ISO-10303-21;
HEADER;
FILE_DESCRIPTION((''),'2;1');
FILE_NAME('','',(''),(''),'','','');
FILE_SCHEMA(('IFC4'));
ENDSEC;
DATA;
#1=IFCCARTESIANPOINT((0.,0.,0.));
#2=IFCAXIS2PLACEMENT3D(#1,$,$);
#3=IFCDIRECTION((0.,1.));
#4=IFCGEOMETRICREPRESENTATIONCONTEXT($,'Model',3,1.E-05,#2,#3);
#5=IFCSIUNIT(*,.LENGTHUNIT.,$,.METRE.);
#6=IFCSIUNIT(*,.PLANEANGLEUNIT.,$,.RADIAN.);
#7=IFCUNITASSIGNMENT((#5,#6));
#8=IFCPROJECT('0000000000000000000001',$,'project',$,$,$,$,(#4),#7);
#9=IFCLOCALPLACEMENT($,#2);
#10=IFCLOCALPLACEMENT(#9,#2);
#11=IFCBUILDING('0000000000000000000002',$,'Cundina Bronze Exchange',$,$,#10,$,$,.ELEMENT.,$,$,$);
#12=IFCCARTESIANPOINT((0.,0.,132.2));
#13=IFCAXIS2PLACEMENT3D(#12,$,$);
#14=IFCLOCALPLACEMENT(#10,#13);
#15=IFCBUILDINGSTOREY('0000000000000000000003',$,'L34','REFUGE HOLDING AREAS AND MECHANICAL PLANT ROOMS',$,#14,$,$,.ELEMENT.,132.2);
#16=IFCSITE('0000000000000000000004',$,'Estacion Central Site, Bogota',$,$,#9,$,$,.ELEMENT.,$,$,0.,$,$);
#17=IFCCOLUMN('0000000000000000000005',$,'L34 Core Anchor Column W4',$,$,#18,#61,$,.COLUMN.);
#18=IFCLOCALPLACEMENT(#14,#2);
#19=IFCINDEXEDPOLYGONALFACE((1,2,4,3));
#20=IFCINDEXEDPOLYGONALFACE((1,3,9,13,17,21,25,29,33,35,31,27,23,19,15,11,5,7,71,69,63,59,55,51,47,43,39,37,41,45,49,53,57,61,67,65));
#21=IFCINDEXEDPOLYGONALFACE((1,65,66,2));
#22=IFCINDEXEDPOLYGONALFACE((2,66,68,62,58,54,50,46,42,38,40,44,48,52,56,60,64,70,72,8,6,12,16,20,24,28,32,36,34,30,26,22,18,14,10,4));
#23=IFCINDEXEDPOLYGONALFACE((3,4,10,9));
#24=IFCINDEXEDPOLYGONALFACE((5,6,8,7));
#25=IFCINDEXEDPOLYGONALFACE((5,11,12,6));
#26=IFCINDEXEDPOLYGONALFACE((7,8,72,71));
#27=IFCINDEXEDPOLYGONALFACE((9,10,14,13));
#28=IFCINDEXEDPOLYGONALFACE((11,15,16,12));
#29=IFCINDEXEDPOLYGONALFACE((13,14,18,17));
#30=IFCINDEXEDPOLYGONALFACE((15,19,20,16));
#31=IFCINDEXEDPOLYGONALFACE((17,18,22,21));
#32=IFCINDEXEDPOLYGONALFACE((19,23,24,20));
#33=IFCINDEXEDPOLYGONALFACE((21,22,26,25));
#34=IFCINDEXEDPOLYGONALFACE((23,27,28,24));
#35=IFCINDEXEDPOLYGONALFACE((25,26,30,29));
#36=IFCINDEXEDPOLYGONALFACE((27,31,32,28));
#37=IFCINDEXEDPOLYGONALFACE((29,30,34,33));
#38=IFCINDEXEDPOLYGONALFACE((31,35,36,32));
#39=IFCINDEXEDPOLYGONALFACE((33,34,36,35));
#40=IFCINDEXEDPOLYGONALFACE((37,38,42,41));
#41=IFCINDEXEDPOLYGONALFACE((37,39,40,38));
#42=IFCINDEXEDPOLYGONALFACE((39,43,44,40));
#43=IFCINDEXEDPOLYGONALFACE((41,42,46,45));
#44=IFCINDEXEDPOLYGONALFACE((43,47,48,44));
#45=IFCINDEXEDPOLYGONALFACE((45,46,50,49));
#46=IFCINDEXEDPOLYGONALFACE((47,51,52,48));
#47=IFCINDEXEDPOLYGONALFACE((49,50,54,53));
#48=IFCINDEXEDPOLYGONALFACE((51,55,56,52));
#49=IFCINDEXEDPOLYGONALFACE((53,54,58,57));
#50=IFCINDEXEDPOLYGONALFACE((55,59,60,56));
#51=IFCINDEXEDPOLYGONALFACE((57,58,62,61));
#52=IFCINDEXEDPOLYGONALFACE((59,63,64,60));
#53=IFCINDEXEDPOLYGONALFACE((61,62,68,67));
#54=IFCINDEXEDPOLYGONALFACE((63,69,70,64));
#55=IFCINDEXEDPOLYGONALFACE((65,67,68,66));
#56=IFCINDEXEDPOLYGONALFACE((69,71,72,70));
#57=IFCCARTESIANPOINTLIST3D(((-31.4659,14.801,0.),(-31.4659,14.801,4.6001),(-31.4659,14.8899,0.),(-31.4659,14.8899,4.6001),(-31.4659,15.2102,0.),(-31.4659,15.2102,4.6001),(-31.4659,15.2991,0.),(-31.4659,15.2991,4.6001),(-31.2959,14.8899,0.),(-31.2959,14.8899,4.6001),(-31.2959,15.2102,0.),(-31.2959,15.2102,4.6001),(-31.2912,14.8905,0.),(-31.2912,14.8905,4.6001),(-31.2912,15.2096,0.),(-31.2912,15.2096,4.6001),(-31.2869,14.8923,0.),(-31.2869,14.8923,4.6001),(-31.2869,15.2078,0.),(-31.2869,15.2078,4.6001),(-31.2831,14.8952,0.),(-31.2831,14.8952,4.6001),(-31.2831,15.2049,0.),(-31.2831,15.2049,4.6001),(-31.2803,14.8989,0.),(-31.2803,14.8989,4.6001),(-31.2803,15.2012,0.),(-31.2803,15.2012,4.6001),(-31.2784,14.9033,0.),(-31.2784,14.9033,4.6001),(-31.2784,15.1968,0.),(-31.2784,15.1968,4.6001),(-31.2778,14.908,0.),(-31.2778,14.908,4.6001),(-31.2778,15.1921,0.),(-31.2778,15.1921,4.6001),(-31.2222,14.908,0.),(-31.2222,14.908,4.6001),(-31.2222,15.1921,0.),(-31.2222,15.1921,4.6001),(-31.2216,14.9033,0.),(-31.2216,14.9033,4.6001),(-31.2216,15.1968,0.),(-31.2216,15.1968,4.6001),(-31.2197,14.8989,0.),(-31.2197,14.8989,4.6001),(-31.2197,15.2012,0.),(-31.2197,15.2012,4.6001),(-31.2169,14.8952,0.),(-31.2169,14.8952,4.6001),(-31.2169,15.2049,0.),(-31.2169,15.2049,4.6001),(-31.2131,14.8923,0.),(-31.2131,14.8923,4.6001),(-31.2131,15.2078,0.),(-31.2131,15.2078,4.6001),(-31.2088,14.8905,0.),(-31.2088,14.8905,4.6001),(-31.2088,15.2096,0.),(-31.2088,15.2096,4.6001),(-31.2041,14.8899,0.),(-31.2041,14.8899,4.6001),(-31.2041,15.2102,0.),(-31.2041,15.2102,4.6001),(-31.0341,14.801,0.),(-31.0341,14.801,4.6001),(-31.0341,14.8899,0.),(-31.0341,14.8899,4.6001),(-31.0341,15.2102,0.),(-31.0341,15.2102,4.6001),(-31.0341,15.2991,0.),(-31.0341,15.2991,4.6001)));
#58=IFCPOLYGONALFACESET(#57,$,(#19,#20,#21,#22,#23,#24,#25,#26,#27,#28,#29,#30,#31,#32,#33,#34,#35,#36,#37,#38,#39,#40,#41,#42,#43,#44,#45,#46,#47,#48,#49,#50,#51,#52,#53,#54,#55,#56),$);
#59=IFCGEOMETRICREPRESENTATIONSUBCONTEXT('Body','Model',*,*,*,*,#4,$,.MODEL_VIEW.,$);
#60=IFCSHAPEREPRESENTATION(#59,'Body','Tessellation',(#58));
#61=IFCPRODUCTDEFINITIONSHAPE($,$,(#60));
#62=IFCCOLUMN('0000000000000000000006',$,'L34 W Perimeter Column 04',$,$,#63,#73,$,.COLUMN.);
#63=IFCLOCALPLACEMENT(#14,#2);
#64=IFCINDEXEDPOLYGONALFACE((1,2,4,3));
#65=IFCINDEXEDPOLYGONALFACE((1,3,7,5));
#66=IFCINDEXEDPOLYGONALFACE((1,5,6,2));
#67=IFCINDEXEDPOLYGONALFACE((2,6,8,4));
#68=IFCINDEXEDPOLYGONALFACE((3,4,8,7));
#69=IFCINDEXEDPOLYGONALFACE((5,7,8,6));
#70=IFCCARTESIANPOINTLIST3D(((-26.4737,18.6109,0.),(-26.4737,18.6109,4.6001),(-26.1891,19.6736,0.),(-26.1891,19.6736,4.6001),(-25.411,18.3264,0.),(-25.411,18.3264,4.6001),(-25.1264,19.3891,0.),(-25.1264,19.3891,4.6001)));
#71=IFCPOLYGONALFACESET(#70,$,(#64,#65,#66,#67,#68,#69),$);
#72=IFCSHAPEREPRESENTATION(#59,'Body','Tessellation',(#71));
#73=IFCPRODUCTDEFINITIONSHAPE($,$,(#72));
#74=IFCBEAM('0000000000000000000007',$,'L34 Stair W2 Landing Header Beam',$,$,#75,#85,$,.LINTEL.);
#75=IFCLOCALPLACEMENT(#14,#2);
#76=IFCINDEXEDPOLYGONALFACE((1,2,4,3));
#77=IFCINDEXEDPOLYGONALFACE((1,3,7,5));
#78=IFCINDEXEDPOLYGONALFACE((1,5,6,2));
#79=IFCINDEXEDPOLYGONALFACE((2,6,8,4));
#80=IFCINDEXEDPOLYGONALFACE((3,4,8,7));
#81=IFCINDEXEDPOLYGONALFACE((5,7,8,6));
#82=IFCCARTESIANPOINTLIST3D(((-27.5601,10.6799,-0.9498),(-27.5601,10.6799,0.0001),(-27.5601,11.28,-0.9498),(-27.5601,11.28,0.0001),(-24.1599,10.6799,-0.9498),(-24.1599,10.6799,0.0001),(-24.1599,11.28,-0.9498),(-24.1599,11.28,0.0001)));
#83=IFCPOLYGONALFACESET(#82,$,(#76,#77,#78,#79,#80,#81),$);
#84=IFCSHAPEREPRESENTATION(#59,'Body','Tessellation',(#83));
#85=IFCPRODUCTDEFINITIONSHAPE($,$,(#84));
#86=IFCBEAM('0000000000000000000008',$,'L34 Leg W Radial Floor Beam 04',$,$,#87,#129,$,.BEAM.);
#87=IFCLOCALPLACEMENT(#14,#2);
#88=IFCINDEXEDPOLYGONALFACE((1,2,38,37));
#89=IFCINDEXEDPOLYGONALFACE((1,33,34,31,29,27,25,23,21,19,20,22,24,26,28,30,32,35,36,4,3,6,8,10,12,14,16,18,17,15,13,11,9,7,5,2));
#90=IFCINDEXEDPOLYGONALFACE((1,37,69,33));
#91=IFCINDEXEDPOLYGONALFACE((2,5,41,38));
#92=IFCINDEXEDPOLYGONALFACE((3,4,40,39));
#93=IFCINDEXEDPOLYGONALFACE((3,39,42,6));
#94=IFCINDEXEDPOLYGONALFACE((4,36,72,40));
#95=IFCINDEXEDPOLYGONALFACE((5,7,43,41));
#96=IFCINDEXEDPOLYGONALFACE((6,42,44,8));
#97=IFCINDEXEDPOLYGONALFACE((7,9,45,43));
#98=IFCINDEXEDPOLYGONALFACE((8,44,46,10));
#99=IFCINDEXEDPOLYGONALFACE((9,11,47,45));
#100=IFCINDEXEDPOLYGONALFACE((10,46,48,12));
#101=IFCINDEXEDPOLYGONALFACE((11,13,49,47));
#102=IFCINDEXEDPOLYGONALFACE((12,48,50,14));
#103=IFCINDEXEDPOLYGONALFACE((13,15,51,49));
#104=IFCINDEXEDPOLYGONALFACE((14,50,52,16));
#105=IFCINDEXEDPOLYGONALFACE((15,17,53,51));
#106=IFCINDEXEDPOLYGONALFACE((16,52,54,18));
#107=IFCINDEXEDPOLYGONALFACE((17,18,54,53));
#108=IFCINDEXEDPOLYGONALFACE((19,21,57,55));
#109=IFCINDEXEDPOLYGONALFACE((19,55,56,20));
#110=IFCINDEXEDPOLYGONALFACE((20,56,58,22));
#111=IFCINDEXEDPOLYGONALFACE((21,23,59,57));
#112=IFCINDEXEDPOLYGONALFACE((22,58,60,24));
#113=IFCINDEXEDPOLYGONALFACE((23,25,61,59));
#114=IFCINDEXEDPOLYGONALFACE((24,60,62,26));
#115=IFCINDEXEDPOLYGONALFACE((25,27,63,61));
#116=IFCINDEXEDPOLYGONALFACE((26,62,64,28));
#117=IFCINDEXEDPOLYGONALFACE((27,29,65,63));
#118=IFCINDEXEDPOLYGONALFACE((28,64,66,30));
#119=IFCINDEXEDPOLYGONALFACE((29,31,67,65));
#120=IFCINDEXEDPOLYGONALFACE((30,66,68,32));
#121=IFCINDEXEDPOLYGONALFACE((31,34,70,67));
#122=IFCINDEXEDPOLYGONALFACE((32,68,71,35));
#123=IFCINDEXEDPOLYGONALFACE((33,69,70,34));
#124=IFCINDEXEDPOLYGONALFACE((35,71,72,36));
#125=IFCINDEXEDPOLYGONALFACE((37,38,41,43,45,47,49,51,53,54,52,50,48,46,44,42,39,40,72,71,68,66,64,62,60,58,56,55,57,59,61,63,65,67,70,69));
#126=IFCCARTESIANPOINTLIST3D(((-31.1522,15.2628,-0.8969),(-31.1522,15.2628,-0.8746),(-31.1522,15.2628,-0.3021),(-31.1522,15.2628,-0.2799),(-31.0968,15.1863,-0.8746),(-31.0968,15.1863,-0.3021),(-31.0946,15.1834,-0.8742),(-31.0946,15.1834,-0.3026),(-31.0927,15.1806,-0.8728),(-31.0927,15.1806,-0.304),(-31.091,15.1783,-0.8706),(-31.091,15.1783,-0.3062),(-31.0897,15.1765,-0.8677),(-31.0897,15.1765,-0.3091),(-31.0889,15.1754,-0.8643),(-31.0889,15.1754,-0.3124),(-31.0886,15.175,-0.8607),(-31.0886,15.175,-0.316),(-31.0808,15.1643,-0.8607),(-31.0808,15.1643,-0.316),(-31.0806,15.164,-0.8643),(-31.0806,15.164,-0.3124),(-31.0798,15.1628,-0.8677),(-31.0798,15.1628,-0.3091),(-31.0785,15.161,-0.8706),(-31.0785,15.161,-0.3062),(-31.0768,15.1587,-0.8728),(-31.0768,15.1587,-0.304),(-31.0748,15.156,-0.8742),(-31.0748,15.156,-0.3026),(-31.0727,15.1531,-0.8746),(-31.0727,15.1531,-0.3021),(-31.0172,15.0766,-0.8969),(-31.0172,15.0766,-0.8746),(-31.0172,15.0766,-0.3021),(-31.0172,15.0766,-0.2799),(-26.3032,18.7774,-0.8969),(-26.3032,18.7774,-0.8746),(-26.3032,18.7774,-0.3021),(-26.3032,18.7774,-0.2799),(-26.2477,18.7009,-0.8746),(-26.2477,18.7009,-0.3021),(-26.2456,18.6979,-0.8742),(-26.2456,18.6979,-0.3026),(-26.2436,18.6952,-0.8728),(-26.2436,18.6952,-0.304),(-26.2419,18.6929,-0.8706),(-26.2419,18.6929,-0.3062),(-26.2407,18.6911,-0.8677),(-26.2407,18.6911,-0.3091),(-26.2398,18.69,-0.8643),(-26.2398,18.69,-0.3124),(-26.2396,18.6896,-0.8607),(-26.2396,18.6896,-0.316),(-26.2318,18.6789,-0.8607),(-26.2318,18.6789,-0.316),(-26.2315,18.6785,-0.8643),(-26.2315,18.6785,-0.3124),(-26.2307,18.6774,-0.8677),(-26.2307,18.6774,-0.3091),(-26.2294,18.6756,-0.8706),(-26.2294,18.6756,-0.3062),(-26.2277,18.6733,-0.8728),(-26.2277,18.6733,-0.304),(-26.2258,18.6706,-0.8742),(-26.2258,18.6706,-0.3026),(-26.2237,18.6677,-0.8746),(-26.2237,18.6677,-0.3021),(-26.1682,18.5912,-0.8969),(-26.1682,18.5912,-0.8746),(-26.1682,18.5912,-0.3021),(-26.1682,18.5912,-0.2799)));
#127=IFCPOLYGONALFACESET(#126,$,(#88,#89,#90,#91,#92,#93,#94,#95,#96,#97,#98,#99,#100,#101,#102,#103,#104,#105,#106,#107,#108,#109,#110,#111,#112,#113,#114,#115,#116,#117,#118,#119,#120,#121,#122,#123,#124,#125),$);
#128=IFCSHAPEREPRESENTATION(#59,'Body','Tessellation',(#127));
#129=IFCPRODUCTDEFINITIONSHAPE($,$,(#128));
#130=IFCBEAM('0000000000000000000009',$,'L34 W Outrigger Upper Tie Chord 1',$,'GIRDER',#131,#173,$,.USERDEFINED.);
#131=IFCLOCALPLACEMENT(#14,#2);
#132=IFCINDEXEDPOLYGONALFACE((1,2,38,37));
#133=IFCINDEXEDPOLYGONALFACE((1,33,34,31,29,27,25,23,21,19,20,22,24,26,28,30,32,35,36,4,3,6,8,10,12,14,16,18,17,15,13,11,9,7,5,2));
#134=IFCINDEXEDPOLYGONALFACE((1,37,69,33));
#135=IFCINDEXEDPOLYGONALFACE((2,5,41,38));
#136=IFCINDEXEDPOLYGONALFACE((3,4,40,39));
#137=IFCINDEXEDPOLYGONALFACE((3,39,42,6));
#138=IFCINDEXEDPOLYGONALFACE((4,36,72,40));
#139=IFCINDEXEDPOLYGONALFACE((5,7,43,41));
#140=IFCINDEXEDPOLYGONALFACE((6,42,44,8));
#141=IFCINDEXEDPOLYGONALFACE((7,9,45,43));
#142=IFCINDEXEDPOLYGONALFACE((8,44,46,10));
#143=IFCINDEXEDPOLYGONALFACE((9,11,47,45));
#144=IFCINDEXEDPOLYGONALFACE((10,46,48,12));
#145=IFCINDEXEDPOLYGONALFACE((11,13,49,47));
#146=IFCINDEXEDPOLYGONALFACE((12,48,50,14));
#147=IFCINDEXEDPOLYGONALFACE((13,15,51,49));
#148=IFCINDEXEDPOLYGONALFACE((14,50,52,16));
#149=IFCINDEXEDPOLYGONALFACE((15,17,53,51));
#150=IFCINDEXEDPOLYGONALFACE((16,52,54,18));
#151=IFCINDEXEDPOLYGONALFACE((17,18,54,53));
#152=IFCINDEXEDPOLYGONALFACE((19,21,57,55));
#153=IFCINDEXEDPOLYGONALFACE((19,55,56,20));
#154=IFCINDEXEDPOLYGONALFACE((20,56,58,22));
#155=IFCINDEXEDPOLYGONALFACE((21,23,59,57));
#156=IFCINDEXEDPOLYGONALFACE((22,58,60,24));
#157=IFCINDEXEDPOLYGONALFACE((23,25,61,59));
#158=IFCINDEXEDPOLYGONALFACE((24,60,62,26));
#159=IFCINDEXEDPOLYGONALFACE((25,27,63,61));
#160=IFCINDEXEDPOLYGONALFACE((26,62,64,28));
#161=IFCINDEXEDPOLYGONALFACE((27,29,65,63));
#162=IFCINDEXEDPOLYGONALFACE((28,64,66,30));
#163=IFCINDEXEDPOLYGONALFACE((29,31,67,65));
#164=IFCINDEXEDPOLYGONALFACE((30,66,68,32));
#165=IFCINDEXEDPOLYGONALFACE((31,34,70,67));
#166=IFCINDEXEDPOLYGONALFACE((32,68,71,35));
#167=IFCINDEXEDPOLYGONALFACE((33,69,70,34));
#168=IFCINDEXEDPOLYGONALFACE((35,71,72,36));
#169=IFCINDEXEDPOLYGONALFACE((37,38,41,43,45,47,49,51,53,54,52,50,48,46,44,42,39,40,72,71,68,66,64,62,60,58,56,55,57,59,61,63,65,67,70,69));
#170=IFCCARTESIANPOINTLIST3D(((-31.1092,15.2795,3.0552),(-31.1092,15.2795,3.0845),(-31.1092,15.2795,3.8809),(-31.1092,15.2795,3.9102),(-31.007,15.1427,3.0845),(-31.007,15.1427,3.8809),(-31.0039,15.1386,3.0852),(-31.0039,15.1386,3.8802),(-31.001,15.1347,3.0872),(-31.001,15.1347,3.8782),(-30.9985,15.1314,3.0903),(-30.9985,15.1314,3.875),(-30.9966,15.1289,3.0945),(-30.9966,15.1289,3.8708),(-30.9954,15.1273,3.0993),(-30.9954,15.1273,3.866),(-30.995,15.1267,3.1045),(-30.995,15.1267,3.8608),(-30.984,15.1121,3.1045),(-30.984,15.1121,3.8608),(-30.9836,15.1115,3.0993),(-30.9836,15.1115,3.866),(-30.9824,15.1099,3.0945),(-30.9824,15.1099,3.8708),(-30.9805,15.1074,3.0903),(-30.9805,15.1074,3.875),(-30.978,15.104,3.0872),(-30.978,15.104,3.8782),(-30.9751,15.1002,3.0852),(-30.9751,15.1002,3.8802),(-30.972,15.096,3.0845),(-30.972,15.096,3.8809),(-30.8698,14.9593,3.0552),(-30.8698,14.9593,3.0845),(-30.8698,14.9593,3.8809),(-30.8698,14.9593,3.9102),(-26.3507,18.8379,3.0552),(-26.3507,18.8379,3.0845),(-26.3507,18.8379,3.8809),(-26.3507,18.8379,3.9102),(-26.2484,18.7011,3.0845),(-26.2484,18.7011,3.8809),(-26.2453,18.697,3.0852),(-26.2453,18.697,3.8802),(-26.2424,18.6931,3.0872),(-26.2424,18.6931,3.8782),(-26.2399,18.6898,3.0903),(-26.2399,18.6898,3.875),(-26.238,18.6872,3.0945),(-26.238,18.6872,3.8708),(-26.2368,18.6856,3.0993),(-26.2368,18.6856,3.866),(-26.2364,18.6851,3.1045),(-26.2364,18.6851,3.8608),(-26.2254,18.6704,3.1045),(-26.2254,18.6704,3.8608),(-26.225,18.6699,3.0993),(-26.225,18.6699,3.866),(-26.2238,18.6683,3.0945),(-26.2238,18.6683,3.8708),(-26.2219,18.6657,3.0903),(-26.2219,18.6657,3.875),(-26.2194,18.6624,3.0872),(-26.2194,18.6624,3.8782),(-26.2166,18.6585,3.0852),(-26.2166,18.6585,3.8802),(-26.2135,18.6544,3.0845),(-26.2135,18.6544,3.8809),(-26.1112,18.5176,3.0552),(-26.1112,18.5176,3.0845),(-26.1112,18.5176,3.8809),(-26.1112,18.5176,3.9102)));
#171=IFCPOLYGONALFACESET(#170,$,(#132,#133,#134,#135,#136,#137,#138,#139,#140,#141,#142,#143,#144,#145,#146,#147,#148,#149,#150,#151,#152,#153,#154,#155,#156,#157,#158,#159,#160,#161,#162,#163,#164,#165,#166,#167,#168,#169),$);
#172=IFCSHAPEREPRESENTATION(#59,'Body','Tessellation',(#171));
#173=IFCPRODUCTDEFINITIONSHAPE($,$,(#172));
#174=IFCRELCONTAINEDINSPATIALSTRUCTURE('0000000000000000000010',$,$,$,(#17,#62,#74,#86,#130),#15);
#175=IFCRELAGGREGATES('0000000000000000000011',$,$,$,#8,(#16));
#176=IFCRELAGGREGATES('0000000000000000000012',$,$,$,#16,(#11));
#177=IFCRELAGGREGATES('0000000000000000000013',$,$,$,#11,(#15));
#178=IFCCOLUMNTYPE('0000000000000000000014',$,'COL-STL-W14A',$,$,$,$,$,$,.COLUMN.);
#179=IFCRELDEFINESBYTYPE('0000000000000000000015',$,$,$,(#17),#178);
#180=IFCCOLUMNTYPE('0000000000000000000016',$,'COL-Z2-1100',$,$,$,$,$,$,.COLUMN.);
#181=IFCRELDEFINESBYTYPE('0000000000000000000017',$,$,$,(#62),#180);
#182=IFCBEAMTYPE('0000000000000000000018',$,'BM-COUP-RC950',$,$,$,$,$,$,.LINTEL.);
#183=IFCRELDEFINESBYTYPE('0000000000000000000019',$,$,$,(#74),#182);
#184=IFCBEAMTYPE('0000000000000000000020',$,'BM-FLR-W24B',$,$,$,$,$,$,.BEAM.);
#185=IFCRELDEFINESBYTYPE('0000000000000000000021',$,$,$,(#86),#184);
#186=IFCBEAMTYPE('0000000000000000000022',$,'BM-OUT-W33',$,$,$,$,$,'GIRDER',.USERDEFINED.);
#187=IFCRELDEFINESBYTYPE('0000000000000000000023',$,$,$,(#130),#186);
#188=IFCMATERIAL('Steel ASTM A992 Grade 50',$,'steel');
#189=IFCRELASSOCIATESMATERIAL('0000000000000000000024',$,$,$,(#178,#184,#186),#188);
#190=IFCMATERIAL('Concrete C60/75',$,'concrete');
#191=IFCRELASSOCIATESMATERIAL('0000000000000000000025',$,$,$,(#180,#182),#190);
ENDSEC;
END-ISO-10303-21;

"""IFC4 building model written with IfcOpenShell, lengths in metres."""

from ifc_helpers import new_model, si_unit, direction, frame, origin, origin_2d, place, context, subcontext, project, spatial, rectangle, i_section, extrude, material, material_profile, profile_set, type_object, element, save


model = new_model("IFC4")

# Units and contexts
model_context = context("Model", 3, precision=1e-05, world=origin(), true_north=direction((0.0, 1.0)))
body_context = subcontext(model_context, "Body", "Model", "MODEL_VIEW")
ifc_project = project(units=[si_unit("LENGTHUNIT", "METRE"), si_unit("PLANEANGLEUNIT", "RADIAN")], contexts=[model_context])

# Site, building, storey
site_placement = place(None, origin())
site = spatial("IfcSite", under=ifc_project, at=site_placement, Name="Estacion Central Site, Bogota", CompositionType="ELEMENT", RefElevation=0.0)
building_placement = place(site_placement, origin())
building = spatial("IfcBuilding", under=site, at=building_placement, Name="Cundina Bronze Exchange", CompositionType="ELEMENT")
storey_placement = place(building_placement, frame((0.0, 0.0, 132.2)))
storey = spatial("IfcBuildingStorey", under=building, at=storey_placement, Name="L34", Description="REFUGE HOLDING AREAS AND MECHANICAL PLANT ROOMS", CompositionType="ELEMENT", Elevation=132.2)

# Columns
ifc_material_1 = material(Name="Steel ASTM A992 Grade 50", Category="steel")
ifc_material_profile_1 = material_profile(ifc_material_1, i_section(OverallWidth=0.4319, OverallDepth=0.498, WebThickness=0.0557, FlangeThickness=0.0889, FilletRadius=0.0181, at=origin_2d()), Name="W14X500", Category="steel")
ifc_profile_set_1 = profile_set([ifc_material_profile_1], Name="Steel ASTM A992 Grade 50")
column_type_1 = type_object("IfcColumnType", Name="COL-STL-W14A", PredefinedType="COLUMN", material=ifc_profile_set_1)
column_1_placement = place(storey_placement, frame((-31.25, 15.05, 0.0), z_axis=(0.0, 0.0, 1.0), x_axis=(1.0, 0.0, 0.0)))
element("IfcColumn", 1, at=column_1_placement, inside=storey, type_object=column_type_1, Name="L34 Core Anchor Column W4", PredefinedType="COLUMN", context=body_context, shape_type="SweptSolid", body=[
    extrude(i_section(OverallWidth=0.4319, OverallDepth=0.498, WebThickness=0.0557, FlangeThickness=0.0889, FilletRadius=0.0181, at=origin_2d()), origin(), (0.0, 0.0, 1.0), 4.6001),
])
ifc_material_2 = material(Name="Concrete C60/75", Category="concrete")
ifc_material_profile_2 = material_profile(ifc_material_2, rectangle(XDim=1.1001, YDim=1.1001, at=origin_2d()), Name="RC1100X1100", Category="concrete")
ifc_profile_set_2 = profile_set([ifc_material_profile_2], Name="Concrete C60/75")
column_type_2 = type_object("IfcColumnType", Name="COL-Z2-1100", PredefinedType="COLUMN", material=ifc_profile_set_2)
column_2_placement = place(storey_placement, frame((-25.8, 19.0, 0.0), z_axis=(0.0, 0.0, 1.0), x_axis=(-0.965971, 0.25865, 0.0)))
element("IfcColumn", 2, at=column_2_placement, inside=storey, type_object=column_type_2, Name="L34 W Perimeter Column 04", PredefinedType="COLUMN", context=body_context, shape_type="SweptSolid", body=[
    extrude(rectangle(XDim=1.1001, YDim=1.1001, at=origin_2d()), origin(), (0.0, 0.0, 1.0), 4.6001),
])

# Beams
ifc_material_profile_3 = material_profile(ifc_material_2, rectangle(XDim=0.6001, YDim=0.95, at=origin_2d()), Name="RC600X950", Category="concrete")
ifc_profile_set_3 = profile_set([ifc_material_profile_3], Name="Concrete C60/75")
beam_type_1 = type_object("IfcBeamType", Name="BM-COUP-RC950", PredefinedType="LINTEL", material=ifc_profile_set_3)
beam_1_placement = place(storey_placement, frame((-27.5601, 10.98, -0.4749), z_axis=(1.0, 0.0, 0.0), x_axis=(0.0, 1.0, 0.0)))
element("IfcBeam", 3, at=beam_1_placement, inside=storey, type_object=beam_type_1, Name="L34 Stair W2 Landing Header Beam", PredefinedType="LINTEL", context=body_context, shape_type="SweptSolid", body=[
    extrude(rectangle(XDim=0.6001, YDim=0.95, at=origin_2d()), origin(), (0.0, 0.0, 1.0), 3.4001),
])
ifc_material_profile_4 = material_profile(ifc_material_1, i_section(OverallWidth=0.23, OverallDepth=0.6169, WebThickness=0.0132, FlangeThickness=0.0222, FilletRadius=0.0139, at=origin_2d()), Name="W24X94", Category="steel")
ifc_profile_set_4 = profile_set([ifc_material_profile_4], Name="Steel ASTM A992 Grade 50")
beam_type_2 = type_object("IfcBeamType", Name="BM-FLR-W24B", PredefinedType="BEAM", material=ifc_profile_set_4)
beam_2_placement = place(storey_placement, frame((-31.0847, 15.1697, -0.5884), z_axis=(0.809687, 0.586862, 0.0), x_axis=(-0.586862, 0.809687, 0.0)))
element("IfcBeam", 4, at=beam_2_placement, inside=storey, type_object=beam_type_2, Name="L34 Leg W Radial Floor Beam 04", PredefinedType="BEAM", context=body_context, shape_type="SweptSolid", body=[
    extrude(i_section(OverallWidth=0.23, OverallDepth=0.6169, WebThickness=0.0132, FlangeThickness=0.0222, FilletRadius=0.0139, at=origin_2d()), origin(), (0.0, 0.0, 1.0), 5.9888),
])
ifc_material_profile_5 = material_profile(ifc_material_1, i_section(OverallWidth=0.3999, OverallDepth=0.855, WebThickness=0.0183, FlangeThickness=0.0293, FilletRadius=0.02, at=origin_2d()), Name="W33X201", Category="steel")
ifc_profile_set_5 = profile_set([ifc_material_profile_5], Name="Steel ASTM A992 Grade 50")
beam_type_3 = type_object("IfcBeamType", Name="BM-OUT-W33", ElementType="GIRDER", PredefinedType="USERDEFINED", material=ifc_profile_set_5)
beam_3_placement = place(storey_placement, frame((-30.9895, 15.1194, 3.4827), z_axis=(0.800852, 0.598862, 0.0), x_axis=(-0.598862, 0.800852, 0.0)))
element("IfcBeam", 5, at=beam_3_placement, inside=storey, type_object=beam_type_3, Name="L34 W Outrigger Upper Tie Chord 1", ObjectType="GIRDER", PredefinedType="USERDEFINED", context=body_context, shape_type="SweptSolid", body=[
    extrude(i_section(OverallWidth=0.3999, OverallDepth=0.855, WebThickness=0.0183, FlangeThickness=0.0293, FilletRadius=0.02, at=origin_2d()), origin(), (0.0, 0.0, 1.0), 5.9419),
])

save(model, "model.ifc")
